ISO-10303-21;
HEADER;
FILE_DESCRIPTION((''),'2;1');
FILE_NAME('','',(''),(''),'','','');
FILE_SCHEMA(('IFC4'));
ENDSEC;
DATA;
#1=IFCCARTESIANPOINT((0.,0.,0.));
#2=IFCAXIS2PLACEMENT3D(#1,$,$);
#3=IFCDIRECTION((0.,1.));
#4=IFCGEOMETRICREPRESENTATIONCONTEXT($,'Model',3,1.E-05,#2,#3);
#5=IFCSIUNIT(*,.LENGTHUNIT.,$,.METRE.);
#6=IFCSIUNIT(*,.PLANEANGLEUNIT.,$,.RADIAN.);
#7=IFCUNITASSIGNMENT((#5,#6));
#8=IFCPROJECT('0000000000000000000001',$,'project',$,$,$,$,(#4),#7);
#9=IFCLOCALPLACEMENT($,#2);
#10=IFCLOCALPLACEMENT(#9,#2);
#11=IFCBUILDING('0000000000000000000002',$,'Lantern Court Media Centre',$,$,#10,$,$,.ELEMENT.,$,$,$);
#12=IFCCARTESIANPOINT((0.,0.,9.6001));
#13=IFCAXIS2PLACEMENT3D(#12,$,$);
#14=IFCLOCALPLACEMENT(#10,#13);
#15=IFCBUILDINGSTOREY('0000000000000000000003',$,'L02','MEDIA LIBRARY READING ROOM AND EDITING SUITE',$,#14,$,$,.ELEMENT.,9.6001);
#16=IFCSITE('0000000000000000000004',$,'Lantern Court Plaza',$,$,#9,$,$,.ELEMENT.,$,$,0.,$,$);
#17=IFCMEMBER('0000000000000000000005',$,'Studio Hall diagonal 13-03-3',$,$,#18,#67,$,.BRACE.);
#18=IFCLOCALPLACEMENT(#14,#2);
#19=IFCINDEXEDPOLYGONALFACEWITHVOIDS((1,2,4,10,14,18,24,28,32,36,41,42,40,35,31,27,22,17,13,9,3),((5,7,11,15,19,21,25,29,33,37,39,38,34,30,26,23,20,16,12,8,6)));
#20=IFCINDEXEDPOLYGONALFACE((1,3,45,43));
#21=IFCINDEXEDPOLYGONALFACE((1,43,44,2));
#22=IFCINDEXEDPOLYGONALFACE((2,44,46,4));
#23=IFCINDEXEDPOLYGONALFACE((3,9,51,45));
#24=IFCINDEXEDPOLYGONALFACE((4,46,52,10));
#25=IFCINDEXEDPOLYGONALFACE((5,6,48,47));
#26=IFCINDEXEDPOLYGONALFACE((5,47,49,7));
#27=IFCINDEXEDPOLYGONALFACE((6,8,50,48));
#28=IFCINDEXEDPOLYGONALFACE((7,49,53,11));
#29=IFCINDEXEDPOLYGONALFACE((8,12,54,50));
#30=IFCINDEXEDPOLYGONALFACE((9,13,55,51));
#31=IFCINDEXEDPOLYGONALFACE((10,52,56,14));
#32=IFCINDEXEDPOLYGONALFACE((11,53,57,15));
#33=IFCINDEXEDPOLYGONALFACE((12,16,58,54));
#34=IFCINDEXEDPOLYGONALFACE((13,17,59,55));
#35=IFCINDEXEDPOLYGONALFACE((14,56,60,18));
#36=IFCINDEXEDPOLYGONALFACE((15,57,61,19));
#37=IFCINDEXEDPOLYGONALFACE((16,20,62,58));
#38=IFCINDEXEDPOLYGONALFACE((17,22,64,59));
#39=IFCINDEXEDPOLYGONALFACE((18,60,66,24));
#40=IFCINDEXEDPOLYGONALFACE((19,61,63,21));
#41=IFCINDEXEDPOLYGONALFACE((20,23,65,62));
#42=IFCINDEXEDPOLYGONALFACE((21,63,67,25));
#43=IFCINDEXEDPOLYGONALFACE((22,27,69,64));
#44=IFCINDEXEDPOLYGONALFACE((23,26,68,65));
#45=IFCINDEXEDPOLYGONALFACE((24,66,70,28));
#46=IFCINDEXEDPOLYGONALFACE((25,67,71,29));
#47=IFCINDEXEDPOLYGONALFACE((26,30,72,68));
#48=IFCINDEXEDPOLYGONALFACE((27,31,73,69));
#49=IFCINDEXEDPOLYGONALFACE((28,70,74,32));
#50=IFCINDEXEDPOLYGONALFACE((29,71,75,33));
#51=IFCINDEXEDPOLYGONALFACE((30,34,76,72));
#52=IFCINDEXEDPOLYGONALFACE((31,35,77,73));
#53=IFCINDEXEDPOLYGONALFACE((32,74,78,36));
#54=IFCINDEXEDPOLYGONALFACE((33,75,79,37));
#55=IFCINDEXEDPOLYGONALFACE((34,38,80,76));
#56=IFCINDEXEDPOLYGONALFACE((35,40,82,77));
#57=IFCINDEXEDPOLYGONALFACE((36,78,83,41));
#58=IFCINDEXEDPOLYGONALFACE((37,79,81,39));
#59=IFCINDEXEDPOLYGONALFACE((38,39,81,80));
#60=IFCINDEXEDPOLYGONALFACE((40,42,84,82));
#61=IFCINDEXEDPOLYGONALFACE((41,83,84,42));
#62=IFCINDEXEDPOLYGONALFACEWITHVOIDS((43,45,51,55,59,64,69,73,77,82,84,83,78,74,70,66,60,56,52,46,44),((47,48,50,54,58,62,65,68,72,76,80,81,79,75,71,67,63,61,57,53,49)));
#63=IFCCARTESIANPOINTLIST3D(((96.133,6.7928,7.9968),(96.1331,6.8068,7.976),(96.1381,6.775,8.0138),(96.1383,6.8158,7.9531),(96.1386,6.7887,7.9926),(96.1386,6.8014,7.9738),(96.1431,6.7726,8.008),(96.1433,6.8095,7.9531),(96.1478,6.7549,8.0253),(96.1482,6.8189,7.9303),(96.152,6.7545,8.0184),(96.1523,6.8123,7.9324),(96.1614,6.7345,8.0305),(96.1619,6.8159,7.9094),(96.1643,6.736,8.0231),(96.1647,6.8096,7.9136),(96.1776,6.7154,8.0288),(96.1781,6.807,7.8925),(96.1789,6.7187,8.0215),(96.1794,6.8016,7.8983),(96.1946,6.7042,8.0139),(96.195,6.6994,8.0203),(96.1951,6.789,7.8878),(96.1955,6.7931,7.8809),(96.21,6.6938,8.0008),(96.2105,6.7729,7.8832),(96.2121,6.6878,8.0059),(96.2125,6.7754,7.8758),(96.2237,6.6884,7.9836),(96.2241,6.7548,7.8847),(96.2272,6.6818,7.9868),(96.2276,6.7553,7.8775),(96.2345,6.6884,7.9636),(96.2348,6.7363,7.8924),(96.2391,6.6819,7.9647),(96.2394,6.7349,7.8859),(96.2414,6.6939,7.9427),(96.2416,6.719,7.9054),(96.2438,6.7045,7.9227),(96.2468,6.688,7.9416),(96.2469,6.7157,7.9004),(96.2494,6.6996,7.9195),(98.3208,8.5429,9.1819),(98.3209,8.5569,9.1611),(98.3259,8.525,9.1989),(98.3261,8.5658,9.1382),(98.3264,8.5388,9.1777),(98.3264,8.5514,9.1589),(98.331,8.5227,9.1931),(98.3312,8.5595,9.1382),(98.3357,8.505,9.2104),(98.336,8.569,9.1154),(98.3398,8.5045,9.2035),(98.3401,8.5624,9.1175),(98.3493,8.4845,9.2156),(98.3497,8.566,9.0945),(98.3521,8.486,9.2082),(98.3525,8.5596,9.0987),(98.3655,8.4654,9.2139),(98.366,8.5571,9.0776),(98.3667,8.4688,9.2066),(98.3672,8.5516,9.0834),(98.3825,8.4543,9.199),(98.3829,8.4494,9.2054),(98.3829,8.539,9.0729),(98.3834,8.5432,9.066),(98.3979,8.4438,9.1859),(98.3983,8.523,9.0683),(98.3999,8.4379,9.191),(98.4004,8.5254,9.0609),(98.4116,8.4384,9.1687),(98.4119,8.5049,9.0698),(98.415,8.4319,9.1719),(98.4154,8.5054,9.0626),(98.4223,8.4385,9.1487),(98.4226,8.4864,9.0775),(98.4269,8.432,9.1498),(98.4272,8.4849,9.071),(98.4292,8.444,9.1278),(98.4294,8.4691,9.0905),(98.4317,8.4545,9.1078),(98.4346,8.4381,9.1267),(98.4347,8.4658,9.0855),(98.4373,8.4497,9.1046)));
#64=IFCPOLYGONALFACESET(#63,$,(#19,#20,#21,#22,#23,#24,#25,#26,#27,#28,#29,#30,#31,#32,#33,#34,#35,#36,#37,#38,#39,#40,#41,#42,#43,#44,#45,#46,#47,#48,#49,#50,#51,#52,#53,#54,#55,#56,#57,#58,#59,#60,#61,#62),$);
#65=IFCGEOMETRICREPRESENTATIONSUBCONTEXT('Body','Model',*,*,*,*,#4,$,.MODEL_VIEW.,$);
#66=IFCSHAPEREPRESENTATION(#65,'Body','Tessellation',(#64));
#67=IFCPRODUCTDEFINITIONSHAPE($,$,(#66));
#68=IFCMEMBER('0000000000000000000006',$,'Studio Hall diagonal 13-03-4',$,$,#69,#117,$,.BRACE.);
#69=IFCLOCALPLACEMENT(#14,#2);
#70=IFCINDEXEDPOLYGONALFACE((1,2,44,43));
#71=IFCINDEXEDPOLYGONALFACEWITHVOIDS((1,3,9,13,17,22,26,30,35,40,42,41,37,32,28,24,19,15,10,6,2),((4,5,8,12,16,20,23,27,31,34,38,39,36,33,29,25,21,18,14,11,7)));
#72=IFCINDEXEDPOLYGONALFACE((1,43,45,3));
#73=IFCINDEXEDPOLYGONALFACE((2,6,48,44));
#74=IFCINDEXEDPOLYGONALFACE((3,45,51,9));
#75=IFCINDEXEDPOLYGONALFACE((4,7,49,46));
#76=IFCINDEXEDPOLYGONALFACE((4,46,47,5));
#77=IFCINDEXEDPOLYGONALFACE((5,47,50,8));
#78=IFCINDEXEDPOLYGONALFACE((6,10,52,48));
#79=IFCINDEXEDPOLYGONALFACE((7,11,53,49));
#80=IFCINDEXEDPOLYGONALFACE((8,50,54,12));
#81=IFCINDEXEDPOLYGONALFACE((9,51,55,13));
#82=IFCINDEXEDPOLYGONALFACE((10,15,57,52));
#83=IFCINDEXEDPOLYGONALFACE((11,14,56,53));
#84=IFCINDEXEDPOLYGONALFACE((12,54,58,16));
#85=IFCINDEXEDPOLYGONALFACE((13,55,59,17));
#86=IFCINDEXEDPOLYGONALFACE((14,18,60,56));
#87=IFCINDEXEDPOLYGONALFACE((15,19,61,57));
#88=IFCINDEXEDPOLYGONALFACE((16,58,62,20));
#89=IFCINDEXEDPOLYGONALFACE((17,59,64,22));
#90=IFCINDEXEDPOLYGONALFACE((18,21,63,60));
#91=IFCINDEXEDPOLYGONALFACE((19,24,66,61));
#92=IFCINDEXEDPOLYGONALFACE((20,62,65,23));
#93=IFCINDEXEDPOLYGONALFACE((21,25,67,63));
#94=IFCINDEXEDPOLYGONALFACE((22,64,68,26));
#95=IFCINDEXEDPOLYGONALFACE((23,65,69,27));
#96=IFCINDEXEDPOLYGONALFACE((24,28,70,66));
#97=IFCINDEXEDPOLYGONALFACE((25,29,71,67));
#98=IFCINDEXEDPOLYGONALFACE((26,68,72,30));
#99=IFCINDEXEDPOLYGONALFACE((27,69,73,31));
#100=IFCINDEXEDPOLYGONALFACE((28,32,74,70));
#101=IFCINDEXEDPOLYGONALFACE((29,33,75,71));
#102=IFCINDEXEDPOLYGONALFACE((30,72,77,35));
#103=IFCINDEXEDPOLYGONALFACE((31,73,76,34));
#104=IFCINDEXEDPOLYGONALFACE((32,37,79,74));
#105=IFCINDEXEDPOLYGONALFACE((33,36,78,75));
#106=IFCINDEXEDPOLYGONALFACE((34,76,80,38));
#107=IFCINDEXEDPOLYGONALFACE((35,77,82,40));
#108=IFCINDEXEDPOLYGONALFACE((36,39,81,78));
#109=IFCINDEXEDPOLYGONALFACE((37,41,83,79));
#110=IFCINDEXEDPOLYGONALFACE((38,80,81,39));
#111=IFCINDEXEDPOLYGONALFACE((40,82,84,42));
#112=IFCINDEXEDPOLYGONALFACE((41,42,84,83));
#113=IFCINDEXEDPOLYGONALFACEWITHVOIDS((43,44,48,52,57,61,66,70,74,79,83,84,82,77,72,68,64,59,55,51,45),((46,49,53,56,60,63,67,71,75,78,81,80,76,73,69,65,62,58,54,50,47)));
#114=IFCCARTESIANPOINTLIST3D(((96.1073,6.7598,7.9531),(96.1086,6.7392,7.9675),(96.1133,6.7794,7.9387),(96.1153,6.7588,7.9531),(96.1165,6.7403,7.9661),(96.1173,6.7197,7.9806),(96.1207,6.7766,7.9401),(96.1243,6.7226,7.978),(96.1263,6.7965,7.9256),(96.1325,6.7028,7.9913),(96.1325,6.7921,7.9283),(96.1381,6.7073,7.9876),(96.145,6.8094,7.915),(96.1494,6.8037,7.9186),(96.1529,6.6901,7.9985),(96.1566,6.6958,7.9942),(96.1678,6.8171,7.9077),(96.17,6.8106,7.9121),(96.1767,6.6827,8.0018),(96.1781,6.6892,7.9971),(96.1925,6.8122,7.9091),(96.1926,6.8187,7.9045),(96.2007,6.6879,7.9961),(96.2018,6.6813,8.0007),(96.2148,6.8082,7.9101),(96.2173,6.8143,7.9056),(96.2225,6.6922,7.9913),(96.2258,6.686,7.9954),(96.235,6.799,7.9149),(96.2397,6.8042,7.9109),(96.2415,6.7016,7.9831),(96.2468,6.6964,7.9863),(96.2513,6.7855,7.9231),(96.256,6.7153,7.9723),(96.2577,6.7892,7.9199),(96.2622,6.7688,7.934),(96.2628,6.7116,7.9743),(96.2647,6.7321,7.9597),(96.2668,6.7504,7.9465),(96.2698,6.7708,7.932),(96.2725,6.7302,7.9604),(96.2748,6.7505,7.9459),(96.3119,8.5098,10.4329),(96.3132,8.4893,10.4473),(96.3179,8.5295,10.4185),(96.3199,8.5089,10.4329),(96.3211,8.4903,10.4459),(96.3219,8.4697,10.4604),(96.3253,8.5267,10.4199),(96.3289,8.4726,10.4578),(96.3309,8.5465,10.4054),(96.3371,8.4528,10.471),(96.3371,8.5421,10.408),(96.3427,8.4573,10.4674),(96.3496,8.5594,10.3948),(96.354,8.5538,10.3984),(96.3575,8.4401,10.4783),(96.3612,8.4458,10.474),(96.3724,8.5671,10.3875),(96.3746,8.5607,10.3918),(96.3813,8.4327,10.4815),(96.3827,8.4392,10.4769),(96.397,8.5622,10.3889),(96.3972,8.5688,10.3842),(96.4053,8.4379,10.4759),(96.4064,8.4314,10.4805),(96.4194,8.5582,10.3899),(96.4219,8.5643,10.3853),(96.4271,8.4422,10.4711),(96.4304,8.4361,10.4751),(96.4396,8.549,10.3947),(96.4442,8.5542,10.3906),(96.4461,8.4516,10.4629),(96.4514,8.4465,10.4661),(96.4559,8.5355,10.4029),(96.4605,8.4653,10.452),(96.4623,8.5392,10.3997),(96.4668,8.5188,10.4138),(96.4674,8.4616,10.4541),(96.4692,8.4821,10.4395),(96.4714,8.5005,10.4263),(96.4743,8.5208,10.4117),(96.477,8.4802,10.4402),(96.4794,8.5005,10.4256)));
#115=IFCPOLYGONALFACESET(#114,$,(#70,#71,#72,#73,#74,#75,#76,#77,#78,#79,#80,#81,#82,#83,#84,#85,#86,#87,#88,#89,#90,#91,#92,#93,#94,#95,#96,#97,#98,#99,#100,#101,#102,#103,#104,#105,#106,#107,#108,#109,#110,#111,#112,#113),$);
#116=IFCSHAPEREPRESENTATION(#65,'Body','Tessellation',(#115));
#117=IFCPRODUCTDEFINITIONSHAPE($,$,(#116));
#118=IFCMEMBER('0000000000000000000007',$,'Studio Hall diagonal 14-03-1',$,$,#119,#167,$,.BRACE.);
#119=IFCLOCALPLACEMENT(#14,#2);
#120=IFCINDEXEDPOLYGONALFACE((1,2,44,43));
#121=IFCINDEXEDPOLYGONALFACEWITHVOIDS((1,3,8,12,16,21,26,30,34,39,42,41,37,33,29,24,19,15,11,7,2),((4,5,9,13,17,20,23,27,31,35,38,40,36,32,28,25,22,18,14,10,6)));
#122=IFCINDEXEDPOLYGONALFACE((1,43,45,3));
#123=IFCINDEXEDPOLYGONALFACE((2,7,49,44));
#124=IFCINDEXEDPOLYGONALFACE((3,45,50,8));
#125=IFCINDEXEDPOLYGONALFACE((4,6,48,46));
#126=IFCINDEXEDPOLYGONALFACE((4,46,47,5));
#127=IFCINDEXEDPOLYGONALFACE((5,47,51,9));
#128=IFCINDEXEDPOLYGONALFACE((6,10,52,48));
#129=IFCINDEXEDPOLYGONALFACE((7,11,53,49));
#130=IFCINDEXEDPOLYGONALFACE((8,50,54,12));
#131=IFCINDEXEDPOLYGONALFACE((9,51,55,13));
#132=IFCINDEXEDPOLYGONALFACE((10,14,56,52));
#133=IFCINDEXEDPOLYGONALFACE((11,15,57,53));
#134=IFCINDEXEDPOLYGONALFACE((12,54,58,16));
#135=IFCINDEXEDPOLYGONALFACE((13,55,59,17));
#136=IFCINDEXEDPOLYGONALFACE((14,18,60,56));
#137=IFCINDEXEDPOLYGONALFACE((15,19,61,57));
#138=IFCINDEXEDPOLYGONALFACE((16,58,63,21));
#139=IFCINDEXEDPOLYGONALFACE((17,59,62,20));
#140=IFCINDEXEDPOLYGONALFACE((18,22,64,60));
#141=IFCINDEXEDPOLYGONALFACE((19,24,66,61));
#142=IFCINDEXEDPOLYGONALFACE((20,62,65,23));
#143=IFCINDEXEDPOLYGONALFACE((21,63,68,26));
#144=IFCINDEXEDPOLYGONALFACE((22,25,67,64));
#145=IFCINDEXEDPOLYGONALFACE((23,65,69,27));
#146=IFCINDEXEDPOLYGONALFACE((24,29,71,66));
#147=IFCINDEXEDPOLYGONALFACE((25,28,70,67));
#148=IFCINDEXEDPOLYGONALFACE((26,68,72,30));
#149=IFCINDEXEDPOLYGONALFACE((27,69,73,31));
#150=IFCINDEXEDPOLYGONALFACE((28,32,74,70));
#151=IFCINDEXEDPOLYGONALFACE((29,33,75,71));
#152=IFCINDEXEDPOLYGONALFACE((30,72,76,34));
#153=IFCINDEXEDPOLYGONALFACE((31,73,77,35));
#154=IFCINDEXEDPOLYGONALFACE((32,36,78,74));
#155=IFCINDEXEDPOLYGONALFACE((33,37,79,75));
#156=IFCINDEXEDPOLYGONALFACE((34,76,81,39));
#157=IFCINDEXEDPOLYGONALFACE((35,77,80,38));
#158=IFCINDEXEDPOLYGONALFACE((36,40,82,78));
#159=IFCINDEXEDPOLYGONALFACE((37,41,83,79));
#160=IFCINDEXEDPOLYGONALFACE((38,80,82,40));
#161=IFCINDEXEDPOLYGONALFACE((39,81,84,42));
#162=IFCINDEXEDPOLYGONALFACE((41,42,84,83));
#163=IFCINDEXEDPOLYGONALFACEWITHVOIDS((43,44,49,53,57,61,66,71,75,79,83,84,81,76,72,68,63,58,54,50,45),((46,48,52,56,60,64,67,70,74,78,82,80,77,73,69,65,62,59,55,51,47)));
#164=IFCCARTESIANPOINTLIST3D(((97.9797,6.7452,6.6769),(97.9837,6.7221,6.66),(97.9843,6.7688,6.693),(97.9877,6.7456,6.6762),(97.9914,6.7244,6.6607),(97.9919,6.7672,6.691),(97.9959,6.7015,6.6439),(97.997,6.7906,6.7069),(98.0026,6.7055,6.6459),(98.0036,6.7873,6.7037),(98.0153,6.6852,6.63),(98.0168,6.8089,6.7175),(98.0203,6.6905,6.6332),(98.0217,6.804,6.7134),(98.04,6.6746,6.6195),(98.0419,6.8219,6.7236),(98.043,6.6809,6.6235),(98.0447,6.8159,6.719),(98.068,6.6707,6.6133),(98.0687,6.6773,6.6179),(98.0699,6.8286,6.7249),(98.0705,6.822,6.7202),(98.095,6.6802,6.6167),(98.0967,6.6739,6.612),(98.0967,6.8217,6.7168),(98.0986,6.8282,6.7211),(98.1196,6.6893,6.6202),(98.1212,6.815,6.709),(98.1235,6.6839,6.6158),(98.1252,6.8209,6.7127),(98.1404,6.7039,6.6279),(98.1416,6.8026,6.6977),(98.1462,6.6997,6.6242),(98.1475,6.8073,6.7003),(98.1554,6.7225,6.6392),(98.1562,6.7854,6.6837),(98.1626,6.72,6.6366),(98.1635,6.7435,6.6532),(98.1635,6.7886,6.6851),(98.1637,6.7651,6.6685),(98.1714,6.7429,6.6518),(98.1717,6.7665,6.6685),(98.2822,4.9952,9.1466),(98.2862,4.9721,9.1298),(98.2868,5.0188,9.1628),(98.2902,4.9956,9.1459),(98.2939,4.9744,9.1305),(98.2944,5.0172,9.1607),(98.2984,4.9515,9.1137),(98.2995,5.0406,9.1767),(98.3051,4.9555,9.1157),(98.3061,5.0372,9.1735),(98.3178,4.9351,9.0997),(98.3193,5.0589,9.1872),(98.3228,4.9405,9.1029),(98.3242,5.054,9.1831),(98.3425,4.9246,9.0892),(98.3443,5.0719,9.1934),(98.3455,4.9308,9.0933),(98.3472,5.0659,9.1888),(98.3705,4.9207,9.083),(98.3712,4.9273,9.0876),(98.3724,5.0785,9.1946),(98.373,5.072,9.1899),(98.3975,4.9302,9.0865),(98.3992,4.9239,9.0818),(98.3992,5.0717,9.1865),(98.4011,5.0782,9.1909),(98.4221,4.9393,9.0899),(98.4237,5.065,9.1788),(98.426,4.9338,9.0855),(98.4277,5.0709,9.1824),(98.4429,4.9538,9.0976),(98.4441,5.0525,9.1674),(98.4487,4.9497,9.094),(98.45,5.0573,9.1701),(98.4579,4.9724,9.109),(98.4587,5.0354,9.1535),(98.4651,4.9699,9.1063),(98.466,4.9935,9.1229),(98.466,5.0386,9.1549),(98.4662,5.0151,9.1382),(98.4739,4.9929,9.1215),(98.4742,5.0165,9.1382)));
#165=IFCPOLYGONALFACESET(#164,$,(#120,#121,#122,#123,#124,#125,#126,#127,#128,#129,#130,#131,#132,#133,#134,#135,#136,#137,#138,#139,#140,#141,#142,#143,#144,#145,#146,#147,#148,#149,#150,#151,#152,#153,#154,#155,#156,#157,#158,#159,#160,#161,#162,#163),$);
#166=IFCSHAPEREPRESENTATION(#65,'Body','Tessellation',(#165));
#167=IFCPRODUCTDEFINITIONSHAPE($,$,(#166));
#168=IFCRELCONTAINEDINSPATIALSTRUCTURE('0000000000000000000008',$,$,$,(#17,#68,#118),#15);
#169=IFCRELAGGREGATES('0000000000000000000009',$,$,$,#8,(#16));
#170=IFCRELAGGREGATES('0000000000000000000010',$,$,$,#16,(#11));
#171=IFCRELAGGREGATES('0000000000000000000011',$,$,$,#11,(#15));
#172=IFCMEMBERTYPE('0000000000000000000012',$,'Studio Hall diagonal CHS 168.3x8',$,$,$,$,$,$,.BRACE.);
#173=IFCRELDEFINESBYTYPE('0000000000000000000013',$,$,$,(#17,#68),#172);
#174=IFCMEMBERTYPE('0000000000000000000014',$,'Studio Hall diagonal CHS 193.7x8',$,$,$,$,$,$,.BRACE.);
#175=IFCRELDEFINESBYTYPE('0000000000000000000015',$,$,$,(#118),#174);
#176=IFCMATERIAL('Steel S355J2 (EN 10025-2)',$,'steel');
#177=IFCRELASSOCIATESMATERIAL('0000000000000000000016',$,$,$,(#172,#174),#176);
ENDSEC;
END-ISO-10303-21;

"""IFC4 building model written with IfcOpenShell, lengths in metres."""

from ifc_helpers import new_model, si_unit, direction, frame, origin, origin_2d, place, context, subcontext, project, spatial, hollow_circle, extrude, material, material_profile, profile_set, type_object, element, save


model = new_model("IFC4")

# Units and contexts
model_context = context("Model", 3, precision=1e-05, world=origin(), true_north=direction((0.0, 1.0)))
body_context = subcontext(model_context, "Body", "Model", "MODEL_VIEW")
ifc_project = project(units=[si_unit("LENGTHUNIT", "METRE"), si_unit("PLANEANGLEUNIT", "RADIAN")], contexts=[model_context])

# Site, building, storey
site_placement = place(None, origin())
site = spatial("IfcSite", under=ifc_project, at=site_placement, Name="Lantern Court Plaza", CompositionType="ELEMENT", RefElevation=0.0)
building_placement = place(site_placement, origin())
building = spatial("IfcBuilding", under=site, at=building_placement, Name="Lantern Court Media Centre", CompositionType="ELEMENT")
storey_placement = place(building_placement, frame((0.0, 0.0, 9.6001)))
storey = spatial("IfcBuildingStorey", under=building, at=storey_placement, Name="L02", Description="MEDIA LIBRARY READING ROOM AND EDITING SUITE", CompositionType="ELEMENT", Elevation=9.6001)

# Members
ifc_material = material(Name="Steel S355J2 (EN 10025-2)", Category="steel")
ifc_material_profile_1 = material_profile(ifc_material, hollow_circle(Radius=0.0842, WallThickness=0.0081, at=origin_2d()), Name="Studio Hall diagonal CHS 168.3x8")
ifc_profile_set_1 = profile_set([ifc_material_profile_1], Name="Steel S355J2 (EN 10025-2)")
member_type_1 = type_object("IfcMemberType", Name="Studio Hall diagonal CHS 168.3x8", PredefinedType="BRACE", material=ifc_profile_set_1)
for number, where, z_axis, x_axis, name in (
    (1, (96.1909, 6.75, 7.9531), (0.719206, 0.5753, 0.38958), (-0.624653, 0.780903, 0.0), "Studio Hall diagonal 13-03-3"),
    (2, (96.1909, 6.75, 7.9531), (0.067256, 0.575289, 0.81518), (-0.993235, 0.116118, 0.0), "Studio Hall diagonal 13-03-4"),
):
    element("IfcMember", number, at=place(storey_placement, frame(where, z_axis=z_axis, x_axis=x_axis)), inside=storey, type_object=member_type_1, Name=name, PredefinedType="BRACE", context=body_context, shape_type="SweptSolid", body=[
        extrude(hollow_circle(Radius=0.0842, WallThickness=0.0081, at=origin_2d()), origin(), (0.0, 0.0, 1.0), 3.042),
    ])
ifc_material_profile_2 = material_profile(ifc_material, hollow_circle(Radius=0.0969, WallThickness=0.0081, at=origin_2d()), Name="Studio Hall diagonal CHS 193.7x8")
ifc_profile_set_2 = profile_set([ifc_material_profile_2], Name="Steel S355J2 (EN 10025-2)")
member_type_2 = type_object("IfcMemberType", Name="Studio Hall diagonal CHS 193.7x8", PredefinedType="BRACE", material=ifc_profile_set_2)
for number, where, z_axis, x_axis, name in (
    (3, (98.0762, 6.75, 6.6685), (0.099439, -0.575286, 0.811885), (0.985388, 0.170326, 0.0), "Studio Hall diagonal 14-03-1"),
):
    element("IfcMember", number, at=place(storey_placement, frame(where, z_axis=z_axis, x_axis=x_axis)), inside=storey, type_object=member_type_2, Name=name, PredefinedType="BRACE", context=body_context, shape_type="SweptSolid", body=[
        extrude(hollow_circle(Radius=0.0969, WallThickness=0.0081, at=origin_2d()), origin(), (0.0, 0.0, 1.0), 3.042),
    ])

save(model, "model.ifc")
